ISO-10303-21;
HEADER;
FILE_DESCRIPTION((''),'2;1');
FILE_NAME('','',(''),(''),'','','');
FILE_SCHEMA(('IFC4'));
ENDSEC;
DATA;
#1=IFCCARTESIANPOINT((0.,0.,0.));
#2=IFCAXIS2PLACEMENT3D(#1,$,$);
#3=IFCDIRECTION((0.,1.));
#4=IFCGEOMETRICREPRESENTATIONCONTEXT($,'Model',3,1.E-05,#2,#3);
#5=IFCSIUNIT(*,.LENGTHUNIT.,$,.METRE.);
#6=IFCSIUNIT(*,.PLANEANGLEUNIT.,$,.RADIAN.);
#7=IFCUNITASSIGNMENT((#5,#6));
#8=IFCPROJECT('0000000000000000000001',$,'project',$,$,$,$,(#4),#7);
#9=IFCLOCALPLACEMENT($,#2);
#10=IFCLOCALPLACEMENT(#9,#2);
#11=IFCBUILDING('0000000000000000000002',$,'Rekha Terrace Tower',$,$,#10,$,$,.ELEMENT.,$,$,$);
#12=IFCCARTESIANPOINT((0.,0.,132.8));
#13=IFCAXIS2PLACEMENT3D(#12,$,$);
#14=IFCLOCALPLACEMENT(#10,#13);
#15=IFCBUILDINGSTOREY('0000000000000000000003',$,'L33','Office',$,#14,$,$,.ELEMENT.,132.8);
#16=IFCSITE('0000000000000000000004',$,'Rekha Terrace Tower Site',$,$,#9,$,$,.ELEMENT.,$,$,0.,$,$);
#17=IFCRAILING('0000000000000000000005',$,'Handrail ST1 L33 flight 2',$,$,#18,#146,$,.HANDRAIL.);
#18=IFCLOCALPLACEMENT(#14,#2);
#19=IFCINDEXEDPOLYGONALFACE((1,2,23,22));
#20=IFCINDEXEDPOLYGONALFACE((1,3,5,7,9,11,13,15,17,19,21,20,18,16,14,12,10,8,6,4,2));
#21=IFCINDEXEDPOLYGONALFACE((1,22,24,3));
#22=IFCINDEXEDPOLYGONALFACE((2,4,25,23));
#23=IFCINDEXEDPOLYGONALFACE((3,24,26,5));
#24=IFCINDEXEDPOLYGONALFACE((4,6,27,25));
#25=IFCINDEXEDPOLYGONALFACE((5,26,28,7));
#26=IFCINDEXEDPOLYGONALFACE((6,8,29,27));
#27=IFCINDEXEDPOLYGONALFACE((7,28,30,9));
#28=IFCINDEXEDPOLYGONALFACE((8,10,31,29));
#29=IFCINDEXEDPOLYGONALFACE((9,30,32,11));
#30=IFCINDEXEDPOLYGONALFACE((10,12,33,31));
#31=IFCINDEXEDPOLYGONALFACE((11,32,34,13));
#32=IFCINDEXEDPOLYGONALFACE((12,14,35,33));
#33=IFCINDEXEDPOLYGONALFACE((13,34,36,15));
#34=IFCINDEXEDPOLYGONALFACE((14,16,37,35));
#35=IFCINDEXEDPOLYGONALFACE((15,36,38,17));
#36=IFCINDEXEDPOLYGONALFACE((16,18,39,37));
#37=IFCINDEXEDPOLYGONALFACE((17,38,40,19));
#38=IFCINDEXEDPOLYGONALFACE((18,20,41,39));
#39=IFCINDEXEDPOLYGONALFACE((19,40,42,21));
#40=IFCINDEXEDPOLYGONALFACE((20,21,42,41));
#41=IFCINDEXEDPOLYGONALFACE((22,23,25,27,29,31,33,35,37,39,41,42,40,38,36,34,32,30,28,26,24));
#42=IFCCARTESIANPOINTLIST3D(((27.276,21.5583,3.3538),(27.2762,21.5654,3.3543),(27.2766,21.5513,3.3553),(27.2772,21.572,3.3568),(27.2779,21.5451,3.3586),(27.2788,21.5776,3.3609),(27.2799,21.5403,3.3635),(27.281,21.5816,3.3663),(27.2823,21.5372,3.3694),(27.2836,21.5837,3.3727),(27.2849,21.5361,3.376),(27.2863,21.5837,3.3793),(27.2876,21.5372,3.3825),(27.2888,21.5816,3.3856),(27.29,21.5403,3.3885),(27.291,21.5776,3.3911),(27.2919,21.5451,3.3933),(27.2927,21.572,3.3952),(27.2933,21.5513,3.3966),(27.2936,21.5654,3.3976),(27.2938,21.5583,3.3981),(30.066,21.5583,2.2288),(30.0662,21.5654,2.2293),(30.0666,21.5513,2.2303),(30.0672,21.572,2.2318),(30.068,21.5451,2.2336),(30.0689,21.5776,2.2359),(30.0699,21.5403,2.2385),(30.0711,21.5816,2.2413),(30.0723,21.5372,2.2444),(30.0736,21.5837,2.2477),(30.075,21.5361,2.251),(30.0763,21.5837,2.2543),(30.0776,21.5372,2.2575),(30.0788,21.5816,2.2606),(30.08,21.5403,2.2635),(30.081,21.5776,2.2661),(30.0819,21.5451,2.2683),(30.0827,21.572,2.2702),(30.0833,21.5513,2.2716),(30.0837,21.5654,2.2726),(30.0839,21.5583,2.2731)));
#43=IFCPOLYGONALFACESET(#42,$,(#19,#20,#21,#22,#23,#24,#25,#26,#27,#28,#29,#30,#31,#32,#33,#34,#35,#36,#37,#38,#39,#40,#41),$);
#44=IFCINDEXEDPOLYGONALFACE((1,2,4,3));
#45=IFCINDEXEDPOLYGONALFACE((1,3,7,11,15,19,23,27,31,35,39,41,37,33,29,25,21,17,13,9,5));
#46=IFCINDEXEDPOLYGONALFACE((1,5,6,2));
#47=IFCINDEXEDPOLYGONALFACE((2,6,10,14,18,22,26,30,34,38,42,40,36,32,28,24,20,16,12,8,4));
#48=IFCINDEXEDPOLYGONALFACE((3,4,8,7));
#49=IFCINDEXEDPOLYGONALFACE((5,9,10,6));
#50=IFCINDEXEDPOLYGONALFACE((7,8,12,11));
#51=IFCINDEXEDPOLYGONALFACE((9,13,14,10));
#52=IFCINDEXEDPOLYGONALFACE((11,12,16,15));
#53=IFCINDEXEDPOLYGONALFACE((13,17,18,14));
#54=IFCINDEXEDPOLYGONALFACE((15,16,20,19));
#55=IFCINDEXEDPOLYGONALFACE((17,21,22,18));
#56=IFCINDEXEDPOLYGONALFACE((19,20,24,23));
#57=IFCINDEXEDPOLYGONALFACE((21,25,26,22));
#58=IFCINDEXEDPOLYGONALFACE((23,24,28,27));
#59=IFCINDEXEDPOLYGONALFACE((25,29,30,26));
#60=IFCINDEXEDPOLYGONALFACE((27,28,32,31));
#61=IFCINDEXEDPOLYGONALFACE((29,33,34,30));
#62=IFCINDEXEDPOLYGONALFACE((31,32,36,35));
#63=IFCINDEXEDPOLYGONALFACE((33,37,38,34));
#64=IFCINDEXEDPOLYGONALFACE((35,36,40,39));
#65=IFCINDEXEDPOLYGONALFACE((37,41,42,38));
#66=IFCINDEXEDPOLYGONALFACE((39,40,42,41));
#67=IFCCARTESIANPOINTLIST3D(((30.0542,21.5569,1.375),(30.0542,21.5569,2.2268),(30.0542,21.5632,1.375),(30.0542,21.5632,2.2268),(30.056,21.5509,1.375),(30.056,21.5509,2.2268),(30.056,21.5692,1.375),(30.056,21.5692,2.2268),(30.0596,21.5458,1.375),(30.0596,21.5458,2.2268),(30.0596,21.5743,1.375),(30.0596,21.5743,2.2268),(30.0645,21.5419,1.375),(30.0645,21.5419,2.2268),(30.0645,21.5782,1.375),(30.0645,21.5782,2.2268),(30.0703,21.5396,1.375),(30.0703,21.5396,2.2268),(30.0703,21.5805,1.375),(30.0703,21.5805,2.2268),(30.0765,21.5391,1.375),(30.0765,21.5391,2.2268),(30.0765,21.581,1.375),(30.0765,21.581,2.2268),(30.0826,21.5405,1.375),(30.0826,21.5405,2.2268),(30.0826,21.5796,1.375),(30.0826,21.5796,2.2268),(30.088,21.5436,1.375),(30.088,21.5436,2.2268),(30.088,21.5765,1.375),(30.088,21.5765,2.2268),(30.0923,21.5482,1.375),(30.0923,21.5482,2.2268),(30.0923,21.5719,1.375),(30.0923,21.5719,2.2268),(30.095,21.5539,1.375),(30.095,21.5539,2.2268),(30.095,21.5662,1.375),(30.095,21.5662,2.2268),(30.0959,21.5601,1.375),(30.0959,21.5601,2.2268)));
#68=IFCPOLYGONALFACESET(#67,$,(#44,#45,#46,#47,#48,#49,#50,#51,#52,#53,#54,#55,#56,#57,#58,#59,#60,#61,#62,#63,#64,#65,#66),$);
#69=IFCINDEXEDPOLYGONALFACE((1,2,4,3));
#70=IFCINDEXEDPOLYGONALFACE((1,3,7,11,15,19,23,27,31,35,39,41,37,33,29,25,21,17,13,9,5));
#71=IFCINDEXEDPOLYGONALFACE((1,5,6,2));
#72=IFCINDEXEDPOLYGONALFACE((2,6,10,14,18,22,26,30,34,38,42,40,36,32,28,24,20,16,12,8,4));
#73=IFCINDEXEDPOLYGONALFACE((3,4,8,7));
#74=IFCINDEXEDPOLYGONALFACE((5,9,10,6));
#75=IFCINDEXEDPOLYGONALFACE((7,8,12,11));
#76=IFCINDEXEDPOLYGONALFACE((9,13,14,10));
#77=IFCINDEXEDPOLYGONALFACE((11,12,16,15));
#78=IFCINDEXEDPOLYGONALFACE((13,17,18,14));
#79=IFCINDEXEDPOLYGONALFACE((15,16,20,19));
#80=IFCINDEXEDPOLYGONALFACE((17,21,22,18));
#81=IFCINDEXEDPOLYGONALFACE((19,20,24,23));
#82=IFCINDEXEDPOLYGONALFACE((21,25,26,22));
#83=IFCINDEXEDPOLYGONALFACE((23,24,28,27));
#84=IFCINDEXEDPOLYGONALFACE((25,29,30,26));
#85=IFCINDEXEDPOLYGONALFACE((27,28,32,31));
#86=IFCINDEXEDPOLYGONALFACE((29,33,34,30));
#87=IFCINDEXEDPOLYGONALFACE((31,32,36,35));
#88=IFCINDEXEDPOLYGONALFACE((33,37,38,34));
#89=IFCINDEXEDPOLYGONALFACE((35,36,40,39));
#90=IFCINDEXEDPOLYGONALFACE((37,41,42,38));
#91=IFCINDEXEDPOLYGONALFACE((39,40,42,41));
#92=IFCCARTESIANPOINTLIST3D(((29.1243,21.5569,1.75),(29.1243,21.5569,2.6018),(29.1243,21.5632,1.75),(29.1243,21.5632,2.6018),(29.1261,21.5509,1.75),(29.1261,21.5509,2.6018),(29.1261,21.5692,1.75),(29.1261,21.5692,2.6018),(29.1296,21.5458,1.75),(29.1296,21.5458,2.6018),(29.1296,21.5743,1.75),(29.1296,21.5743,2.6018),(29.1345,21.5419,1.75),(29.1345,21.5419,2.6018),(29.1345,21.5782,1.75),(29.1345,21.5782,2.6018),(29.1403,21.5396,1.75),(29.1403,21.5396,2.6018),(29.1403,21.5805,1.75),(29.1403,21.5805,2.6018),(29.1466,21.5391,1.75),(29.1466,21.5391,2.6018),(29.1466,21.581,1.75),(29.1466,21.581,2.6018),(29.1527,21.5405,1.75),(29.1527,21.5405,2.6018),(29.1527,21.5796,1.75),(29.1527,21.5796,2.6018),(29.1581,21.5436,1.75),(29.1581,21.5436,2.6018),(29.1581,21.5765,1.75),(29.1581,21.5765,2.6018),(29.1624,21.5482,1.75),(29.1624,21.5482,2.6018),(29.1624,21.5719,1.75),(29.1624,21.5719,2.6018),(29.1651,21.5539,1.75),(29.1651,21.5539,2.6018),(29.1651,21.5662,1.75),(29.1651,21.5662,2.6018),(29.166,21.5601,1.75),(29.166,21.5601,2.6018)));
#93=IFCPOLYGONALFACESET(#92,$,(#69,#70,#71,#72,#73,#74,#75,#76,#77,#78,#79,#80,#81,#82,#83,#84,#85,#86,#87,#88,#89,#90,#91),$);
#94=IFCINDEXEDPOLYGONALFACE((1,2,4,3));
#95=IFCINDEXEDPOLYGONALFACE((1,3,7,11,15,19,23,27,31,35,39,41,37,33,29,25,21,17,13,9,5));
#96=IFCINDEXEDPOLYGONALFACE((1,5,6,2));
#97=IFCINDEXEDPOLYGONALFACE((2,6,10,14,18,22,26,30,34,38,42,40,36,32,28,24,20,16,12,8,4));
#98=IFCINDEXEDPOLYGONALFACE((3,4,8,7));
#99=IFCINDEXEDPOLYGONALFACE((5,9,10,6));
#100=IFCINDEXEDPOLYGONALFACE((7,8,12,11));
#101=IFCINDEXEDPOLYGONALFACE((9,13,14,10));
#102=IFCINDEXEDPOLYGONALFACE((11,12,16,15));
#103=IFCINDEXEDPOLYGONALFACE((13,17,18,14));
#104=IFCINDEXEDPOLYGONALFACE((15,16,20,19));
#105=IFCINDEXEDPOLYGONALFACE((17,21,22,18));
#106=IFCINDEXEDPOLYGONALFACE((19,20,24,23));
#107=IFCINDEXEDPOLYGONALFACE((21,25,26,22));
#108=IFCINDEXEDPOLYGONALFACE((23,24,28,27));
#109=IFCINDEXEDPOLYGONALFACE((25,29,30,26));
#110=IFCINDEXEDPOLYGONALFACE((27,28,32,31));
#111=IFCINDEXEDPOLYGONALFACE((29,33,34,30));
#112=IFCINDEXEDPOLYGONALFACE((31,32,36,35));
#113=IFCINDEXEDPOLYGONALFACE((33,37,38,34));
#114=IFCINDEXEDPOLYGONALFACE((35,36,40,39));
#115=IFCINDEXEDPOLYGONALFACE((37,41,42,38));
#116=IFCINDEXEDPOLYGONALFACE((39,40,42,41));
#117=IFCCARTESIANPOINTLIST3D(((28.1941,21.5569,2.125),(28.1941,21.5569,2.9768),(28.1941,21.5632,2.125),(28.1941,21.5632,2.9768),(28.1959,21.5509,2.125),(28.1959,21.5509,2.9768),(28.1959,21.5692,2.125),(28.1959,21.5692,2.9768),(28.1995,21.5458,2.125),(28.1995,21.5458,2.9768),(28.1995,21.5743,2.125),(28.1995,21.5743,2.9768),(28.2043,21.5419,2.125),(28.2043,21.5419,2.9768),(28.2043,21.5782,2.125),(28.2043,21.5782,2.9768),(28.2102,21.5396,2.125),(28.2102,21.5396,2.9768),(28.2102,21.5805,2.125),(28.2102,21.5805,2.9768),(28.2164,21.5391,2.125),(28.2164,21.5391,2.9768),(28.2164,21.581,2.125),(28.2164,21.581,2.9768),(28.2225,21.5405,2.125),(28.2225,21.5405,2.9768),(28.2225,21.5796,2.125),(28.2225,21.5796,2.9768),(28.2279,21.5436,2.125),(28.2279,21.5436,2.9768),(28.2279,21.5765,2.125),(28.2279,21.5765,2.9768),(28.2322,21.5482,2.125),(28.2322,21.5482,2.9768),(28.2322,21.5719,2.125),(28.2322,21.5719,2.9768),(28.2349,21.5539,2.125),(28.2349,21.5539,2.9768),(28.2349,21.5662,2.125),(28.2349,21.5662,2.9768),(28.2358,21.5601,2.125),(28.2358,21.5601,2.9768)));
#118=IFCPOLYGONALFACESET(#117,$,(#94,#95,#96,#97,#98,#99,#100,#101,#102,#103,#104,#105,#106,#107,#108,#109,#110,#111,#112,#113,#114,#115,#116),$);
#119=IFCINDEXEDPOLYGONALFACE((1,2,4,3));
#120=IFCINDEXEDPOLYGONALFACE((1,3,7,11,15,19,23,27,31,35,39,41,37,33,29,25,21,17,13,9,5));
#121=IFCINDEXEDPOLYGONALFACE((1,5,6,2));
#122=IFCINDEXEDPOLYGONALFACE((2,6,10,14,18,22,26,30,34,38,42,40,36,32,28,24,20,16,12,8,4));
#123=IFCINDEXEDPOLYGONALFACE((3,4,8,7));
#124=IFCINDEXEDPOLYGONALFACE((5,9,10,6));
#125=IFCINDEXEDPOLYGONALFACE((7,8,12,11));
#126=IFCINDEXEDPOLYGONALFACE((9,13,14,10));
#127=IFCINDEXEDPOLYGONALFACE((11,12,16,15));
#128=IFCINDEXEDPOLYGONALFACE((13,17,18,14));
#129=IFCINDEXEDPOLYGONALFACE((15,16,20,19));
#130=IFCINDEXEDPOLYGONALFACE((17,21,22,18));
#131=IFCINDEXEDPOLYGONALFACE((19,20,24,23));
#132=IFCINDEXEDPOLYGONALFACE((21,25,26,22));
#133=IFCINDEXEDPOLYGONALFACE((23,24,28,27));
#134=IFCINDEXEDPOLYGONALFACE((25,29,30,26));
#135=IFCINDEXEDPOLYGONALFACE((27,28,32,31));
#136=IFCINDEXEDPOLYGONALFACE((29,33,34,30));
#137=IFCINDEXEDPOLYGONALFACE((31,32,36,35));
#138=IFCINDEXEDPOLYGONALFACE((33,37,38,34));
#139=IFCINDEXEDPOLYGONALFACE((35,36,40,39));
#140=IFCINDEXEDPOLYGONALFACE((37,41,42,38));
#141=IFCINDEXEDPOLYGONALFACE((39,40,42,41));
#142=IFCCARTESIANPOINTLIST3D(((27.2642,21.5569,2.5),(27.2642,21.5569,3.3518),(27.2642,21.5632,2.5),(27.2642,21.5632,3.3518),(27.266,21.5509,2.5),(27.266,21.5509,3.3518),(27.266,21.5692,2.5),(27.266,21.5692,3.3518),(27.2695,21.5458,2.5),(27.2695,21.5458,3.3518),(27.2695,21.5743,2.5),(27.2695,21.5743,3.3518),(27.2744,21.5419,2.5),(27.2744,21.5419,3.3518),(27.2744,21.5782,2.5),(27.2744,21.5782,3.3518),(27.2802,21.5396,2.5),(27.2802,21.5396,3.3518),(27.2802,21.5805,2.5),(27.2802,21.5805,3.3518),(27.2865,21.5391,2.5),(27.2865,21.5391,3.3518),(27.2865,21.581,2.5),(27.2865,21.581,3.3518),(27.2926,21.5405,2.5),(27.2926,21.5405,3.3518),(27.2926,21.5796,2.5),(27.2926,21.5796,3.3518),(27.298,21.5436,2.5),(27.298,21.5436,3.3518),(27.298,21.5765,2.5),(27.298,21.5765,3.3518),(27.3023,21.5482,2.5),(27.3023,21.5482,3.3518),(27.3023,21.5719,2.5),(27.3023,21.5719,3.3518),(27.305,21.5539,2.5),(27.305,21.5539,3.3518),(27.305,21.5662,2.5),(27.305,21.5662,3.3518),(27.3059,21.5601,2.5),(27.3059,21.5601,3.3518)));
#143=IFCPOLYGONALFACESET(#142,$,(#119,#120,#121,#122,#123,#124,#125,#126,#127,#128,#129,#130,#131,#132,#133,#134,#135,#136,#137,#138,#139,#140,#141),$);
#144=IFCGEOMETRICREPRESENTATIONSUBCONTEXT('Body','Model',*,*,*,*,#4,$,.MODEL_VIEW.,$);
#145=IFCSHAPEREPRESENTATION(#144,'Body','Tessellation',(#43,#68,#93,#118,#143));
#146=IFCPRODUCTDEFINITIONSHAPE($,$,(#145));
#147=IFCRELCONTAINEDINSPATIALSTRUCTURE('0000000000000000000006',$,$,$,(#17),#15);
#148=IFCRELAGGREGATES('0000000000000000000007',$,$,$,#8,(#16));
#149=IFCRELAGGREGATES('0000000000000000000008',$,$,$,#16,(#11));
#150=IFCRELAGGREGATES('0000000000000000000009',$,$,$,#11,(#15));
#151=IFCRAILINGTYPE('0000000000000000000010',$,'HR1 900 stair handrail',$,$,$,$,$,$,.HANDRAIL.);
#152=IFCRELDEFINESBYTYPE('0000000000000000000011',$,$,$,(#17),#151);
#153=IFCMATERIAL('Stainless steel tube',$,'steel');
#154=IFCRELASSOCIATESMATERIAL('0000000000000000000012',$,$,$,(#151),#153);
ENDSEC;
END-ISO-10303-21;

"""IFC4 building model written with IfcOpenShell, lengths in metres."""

from ifc_helpers import new_model, si_unit, direction, frame, origin, origin_2d, place, context, subcontext, project, spatial, circle, extrude, material, type_object, element, save


model = new_model("IFC4")

# Units and contexts
model_context = context("Model", 3, precision=1e-05, world=origin(), true_north=direction((0.0, 1.0)))
body_context = subcontext(model_context, "Body", "Model", "MODEL_VIEW")
ifc_project = project(units=[si_unit("LENGTHUNIT", "METRE"), si_unit("PLANEANGLEUNIT", "RADIAN")], contexts=[model_context])

# Site, building, storey
site_placement = place(None, origin())
site = spatial("IfcSite", under=ifc_project, at=site_placement, Name="Rekha Terrace Tower Site", CompositionType="ELEMENT", RefElevation=0.0)
building_placement = place(site_placement, origin())
building = spatial("IfcBuilding", under=site, at=building_placement, Name="Rekha Terrace Tower", CompositionType="ELEMENT")
storey_placement = place(building_placement, frame((0.0, 0.0, 132.8)))
storey = spatial("IfcBuildingStorey", under=building, at=storey_placement, Name="L33", Description="Office", CompositionType="ELEMENT", Elevation=132.8)

# Railing
ifc_material_1 = material(Name="Stainless steel tube", Category="steel")
railing_type_1 = type_object("IfcRailingType", Name="HR1 900 stair handrail", PredefinedType="HANDRAIL", material=ifc_material_1)
railing_1_placement = place(storey_placement, frame((30.075, 21.5601, 1.375)))
element("IfcRailing", 1, at=railing_1_placement, inside=storey, type_object=railing_type_1, Name="Handrail ST1 L33 flight 2", PredefinedType="HANDRAIL", context=body_context, shape_type="SweptSolid", body=[
    extrude(circle(Radius=0.0239, at=origin_2d()), frame((0.0, 0.0, 0.876), z_axis=(-0.927443, 0.0, 0.373964), x_axis=(0.0, -1.0, 0.0)), (0.0, 0.0, 1.0), 3.0083),
    extrude(circle(Radius=0.021, at=origin_2d()), origin(), (0.0, 0.0, 1.0), 0.8518),
    extrude(circle(Radius=0.021, at=origin_2d()), frame((-0.9299, 0.0, 0.375)), (0.0, 0.0, 1.0), 0.8518),
    extrude(circle(Radius=0.021, at=origin_2d()), frame((-1.8601, 0.0, 0.75)), (0.0, 0.0, 1.0), 0.8518),
    extrude(circle(Radius=0.021, at=origin_2d()), frame((-2.79, 0.0, 1.125)), (0.0, 0.0, 1.0), 0.8518),
])

save(model, "model.ifc")
